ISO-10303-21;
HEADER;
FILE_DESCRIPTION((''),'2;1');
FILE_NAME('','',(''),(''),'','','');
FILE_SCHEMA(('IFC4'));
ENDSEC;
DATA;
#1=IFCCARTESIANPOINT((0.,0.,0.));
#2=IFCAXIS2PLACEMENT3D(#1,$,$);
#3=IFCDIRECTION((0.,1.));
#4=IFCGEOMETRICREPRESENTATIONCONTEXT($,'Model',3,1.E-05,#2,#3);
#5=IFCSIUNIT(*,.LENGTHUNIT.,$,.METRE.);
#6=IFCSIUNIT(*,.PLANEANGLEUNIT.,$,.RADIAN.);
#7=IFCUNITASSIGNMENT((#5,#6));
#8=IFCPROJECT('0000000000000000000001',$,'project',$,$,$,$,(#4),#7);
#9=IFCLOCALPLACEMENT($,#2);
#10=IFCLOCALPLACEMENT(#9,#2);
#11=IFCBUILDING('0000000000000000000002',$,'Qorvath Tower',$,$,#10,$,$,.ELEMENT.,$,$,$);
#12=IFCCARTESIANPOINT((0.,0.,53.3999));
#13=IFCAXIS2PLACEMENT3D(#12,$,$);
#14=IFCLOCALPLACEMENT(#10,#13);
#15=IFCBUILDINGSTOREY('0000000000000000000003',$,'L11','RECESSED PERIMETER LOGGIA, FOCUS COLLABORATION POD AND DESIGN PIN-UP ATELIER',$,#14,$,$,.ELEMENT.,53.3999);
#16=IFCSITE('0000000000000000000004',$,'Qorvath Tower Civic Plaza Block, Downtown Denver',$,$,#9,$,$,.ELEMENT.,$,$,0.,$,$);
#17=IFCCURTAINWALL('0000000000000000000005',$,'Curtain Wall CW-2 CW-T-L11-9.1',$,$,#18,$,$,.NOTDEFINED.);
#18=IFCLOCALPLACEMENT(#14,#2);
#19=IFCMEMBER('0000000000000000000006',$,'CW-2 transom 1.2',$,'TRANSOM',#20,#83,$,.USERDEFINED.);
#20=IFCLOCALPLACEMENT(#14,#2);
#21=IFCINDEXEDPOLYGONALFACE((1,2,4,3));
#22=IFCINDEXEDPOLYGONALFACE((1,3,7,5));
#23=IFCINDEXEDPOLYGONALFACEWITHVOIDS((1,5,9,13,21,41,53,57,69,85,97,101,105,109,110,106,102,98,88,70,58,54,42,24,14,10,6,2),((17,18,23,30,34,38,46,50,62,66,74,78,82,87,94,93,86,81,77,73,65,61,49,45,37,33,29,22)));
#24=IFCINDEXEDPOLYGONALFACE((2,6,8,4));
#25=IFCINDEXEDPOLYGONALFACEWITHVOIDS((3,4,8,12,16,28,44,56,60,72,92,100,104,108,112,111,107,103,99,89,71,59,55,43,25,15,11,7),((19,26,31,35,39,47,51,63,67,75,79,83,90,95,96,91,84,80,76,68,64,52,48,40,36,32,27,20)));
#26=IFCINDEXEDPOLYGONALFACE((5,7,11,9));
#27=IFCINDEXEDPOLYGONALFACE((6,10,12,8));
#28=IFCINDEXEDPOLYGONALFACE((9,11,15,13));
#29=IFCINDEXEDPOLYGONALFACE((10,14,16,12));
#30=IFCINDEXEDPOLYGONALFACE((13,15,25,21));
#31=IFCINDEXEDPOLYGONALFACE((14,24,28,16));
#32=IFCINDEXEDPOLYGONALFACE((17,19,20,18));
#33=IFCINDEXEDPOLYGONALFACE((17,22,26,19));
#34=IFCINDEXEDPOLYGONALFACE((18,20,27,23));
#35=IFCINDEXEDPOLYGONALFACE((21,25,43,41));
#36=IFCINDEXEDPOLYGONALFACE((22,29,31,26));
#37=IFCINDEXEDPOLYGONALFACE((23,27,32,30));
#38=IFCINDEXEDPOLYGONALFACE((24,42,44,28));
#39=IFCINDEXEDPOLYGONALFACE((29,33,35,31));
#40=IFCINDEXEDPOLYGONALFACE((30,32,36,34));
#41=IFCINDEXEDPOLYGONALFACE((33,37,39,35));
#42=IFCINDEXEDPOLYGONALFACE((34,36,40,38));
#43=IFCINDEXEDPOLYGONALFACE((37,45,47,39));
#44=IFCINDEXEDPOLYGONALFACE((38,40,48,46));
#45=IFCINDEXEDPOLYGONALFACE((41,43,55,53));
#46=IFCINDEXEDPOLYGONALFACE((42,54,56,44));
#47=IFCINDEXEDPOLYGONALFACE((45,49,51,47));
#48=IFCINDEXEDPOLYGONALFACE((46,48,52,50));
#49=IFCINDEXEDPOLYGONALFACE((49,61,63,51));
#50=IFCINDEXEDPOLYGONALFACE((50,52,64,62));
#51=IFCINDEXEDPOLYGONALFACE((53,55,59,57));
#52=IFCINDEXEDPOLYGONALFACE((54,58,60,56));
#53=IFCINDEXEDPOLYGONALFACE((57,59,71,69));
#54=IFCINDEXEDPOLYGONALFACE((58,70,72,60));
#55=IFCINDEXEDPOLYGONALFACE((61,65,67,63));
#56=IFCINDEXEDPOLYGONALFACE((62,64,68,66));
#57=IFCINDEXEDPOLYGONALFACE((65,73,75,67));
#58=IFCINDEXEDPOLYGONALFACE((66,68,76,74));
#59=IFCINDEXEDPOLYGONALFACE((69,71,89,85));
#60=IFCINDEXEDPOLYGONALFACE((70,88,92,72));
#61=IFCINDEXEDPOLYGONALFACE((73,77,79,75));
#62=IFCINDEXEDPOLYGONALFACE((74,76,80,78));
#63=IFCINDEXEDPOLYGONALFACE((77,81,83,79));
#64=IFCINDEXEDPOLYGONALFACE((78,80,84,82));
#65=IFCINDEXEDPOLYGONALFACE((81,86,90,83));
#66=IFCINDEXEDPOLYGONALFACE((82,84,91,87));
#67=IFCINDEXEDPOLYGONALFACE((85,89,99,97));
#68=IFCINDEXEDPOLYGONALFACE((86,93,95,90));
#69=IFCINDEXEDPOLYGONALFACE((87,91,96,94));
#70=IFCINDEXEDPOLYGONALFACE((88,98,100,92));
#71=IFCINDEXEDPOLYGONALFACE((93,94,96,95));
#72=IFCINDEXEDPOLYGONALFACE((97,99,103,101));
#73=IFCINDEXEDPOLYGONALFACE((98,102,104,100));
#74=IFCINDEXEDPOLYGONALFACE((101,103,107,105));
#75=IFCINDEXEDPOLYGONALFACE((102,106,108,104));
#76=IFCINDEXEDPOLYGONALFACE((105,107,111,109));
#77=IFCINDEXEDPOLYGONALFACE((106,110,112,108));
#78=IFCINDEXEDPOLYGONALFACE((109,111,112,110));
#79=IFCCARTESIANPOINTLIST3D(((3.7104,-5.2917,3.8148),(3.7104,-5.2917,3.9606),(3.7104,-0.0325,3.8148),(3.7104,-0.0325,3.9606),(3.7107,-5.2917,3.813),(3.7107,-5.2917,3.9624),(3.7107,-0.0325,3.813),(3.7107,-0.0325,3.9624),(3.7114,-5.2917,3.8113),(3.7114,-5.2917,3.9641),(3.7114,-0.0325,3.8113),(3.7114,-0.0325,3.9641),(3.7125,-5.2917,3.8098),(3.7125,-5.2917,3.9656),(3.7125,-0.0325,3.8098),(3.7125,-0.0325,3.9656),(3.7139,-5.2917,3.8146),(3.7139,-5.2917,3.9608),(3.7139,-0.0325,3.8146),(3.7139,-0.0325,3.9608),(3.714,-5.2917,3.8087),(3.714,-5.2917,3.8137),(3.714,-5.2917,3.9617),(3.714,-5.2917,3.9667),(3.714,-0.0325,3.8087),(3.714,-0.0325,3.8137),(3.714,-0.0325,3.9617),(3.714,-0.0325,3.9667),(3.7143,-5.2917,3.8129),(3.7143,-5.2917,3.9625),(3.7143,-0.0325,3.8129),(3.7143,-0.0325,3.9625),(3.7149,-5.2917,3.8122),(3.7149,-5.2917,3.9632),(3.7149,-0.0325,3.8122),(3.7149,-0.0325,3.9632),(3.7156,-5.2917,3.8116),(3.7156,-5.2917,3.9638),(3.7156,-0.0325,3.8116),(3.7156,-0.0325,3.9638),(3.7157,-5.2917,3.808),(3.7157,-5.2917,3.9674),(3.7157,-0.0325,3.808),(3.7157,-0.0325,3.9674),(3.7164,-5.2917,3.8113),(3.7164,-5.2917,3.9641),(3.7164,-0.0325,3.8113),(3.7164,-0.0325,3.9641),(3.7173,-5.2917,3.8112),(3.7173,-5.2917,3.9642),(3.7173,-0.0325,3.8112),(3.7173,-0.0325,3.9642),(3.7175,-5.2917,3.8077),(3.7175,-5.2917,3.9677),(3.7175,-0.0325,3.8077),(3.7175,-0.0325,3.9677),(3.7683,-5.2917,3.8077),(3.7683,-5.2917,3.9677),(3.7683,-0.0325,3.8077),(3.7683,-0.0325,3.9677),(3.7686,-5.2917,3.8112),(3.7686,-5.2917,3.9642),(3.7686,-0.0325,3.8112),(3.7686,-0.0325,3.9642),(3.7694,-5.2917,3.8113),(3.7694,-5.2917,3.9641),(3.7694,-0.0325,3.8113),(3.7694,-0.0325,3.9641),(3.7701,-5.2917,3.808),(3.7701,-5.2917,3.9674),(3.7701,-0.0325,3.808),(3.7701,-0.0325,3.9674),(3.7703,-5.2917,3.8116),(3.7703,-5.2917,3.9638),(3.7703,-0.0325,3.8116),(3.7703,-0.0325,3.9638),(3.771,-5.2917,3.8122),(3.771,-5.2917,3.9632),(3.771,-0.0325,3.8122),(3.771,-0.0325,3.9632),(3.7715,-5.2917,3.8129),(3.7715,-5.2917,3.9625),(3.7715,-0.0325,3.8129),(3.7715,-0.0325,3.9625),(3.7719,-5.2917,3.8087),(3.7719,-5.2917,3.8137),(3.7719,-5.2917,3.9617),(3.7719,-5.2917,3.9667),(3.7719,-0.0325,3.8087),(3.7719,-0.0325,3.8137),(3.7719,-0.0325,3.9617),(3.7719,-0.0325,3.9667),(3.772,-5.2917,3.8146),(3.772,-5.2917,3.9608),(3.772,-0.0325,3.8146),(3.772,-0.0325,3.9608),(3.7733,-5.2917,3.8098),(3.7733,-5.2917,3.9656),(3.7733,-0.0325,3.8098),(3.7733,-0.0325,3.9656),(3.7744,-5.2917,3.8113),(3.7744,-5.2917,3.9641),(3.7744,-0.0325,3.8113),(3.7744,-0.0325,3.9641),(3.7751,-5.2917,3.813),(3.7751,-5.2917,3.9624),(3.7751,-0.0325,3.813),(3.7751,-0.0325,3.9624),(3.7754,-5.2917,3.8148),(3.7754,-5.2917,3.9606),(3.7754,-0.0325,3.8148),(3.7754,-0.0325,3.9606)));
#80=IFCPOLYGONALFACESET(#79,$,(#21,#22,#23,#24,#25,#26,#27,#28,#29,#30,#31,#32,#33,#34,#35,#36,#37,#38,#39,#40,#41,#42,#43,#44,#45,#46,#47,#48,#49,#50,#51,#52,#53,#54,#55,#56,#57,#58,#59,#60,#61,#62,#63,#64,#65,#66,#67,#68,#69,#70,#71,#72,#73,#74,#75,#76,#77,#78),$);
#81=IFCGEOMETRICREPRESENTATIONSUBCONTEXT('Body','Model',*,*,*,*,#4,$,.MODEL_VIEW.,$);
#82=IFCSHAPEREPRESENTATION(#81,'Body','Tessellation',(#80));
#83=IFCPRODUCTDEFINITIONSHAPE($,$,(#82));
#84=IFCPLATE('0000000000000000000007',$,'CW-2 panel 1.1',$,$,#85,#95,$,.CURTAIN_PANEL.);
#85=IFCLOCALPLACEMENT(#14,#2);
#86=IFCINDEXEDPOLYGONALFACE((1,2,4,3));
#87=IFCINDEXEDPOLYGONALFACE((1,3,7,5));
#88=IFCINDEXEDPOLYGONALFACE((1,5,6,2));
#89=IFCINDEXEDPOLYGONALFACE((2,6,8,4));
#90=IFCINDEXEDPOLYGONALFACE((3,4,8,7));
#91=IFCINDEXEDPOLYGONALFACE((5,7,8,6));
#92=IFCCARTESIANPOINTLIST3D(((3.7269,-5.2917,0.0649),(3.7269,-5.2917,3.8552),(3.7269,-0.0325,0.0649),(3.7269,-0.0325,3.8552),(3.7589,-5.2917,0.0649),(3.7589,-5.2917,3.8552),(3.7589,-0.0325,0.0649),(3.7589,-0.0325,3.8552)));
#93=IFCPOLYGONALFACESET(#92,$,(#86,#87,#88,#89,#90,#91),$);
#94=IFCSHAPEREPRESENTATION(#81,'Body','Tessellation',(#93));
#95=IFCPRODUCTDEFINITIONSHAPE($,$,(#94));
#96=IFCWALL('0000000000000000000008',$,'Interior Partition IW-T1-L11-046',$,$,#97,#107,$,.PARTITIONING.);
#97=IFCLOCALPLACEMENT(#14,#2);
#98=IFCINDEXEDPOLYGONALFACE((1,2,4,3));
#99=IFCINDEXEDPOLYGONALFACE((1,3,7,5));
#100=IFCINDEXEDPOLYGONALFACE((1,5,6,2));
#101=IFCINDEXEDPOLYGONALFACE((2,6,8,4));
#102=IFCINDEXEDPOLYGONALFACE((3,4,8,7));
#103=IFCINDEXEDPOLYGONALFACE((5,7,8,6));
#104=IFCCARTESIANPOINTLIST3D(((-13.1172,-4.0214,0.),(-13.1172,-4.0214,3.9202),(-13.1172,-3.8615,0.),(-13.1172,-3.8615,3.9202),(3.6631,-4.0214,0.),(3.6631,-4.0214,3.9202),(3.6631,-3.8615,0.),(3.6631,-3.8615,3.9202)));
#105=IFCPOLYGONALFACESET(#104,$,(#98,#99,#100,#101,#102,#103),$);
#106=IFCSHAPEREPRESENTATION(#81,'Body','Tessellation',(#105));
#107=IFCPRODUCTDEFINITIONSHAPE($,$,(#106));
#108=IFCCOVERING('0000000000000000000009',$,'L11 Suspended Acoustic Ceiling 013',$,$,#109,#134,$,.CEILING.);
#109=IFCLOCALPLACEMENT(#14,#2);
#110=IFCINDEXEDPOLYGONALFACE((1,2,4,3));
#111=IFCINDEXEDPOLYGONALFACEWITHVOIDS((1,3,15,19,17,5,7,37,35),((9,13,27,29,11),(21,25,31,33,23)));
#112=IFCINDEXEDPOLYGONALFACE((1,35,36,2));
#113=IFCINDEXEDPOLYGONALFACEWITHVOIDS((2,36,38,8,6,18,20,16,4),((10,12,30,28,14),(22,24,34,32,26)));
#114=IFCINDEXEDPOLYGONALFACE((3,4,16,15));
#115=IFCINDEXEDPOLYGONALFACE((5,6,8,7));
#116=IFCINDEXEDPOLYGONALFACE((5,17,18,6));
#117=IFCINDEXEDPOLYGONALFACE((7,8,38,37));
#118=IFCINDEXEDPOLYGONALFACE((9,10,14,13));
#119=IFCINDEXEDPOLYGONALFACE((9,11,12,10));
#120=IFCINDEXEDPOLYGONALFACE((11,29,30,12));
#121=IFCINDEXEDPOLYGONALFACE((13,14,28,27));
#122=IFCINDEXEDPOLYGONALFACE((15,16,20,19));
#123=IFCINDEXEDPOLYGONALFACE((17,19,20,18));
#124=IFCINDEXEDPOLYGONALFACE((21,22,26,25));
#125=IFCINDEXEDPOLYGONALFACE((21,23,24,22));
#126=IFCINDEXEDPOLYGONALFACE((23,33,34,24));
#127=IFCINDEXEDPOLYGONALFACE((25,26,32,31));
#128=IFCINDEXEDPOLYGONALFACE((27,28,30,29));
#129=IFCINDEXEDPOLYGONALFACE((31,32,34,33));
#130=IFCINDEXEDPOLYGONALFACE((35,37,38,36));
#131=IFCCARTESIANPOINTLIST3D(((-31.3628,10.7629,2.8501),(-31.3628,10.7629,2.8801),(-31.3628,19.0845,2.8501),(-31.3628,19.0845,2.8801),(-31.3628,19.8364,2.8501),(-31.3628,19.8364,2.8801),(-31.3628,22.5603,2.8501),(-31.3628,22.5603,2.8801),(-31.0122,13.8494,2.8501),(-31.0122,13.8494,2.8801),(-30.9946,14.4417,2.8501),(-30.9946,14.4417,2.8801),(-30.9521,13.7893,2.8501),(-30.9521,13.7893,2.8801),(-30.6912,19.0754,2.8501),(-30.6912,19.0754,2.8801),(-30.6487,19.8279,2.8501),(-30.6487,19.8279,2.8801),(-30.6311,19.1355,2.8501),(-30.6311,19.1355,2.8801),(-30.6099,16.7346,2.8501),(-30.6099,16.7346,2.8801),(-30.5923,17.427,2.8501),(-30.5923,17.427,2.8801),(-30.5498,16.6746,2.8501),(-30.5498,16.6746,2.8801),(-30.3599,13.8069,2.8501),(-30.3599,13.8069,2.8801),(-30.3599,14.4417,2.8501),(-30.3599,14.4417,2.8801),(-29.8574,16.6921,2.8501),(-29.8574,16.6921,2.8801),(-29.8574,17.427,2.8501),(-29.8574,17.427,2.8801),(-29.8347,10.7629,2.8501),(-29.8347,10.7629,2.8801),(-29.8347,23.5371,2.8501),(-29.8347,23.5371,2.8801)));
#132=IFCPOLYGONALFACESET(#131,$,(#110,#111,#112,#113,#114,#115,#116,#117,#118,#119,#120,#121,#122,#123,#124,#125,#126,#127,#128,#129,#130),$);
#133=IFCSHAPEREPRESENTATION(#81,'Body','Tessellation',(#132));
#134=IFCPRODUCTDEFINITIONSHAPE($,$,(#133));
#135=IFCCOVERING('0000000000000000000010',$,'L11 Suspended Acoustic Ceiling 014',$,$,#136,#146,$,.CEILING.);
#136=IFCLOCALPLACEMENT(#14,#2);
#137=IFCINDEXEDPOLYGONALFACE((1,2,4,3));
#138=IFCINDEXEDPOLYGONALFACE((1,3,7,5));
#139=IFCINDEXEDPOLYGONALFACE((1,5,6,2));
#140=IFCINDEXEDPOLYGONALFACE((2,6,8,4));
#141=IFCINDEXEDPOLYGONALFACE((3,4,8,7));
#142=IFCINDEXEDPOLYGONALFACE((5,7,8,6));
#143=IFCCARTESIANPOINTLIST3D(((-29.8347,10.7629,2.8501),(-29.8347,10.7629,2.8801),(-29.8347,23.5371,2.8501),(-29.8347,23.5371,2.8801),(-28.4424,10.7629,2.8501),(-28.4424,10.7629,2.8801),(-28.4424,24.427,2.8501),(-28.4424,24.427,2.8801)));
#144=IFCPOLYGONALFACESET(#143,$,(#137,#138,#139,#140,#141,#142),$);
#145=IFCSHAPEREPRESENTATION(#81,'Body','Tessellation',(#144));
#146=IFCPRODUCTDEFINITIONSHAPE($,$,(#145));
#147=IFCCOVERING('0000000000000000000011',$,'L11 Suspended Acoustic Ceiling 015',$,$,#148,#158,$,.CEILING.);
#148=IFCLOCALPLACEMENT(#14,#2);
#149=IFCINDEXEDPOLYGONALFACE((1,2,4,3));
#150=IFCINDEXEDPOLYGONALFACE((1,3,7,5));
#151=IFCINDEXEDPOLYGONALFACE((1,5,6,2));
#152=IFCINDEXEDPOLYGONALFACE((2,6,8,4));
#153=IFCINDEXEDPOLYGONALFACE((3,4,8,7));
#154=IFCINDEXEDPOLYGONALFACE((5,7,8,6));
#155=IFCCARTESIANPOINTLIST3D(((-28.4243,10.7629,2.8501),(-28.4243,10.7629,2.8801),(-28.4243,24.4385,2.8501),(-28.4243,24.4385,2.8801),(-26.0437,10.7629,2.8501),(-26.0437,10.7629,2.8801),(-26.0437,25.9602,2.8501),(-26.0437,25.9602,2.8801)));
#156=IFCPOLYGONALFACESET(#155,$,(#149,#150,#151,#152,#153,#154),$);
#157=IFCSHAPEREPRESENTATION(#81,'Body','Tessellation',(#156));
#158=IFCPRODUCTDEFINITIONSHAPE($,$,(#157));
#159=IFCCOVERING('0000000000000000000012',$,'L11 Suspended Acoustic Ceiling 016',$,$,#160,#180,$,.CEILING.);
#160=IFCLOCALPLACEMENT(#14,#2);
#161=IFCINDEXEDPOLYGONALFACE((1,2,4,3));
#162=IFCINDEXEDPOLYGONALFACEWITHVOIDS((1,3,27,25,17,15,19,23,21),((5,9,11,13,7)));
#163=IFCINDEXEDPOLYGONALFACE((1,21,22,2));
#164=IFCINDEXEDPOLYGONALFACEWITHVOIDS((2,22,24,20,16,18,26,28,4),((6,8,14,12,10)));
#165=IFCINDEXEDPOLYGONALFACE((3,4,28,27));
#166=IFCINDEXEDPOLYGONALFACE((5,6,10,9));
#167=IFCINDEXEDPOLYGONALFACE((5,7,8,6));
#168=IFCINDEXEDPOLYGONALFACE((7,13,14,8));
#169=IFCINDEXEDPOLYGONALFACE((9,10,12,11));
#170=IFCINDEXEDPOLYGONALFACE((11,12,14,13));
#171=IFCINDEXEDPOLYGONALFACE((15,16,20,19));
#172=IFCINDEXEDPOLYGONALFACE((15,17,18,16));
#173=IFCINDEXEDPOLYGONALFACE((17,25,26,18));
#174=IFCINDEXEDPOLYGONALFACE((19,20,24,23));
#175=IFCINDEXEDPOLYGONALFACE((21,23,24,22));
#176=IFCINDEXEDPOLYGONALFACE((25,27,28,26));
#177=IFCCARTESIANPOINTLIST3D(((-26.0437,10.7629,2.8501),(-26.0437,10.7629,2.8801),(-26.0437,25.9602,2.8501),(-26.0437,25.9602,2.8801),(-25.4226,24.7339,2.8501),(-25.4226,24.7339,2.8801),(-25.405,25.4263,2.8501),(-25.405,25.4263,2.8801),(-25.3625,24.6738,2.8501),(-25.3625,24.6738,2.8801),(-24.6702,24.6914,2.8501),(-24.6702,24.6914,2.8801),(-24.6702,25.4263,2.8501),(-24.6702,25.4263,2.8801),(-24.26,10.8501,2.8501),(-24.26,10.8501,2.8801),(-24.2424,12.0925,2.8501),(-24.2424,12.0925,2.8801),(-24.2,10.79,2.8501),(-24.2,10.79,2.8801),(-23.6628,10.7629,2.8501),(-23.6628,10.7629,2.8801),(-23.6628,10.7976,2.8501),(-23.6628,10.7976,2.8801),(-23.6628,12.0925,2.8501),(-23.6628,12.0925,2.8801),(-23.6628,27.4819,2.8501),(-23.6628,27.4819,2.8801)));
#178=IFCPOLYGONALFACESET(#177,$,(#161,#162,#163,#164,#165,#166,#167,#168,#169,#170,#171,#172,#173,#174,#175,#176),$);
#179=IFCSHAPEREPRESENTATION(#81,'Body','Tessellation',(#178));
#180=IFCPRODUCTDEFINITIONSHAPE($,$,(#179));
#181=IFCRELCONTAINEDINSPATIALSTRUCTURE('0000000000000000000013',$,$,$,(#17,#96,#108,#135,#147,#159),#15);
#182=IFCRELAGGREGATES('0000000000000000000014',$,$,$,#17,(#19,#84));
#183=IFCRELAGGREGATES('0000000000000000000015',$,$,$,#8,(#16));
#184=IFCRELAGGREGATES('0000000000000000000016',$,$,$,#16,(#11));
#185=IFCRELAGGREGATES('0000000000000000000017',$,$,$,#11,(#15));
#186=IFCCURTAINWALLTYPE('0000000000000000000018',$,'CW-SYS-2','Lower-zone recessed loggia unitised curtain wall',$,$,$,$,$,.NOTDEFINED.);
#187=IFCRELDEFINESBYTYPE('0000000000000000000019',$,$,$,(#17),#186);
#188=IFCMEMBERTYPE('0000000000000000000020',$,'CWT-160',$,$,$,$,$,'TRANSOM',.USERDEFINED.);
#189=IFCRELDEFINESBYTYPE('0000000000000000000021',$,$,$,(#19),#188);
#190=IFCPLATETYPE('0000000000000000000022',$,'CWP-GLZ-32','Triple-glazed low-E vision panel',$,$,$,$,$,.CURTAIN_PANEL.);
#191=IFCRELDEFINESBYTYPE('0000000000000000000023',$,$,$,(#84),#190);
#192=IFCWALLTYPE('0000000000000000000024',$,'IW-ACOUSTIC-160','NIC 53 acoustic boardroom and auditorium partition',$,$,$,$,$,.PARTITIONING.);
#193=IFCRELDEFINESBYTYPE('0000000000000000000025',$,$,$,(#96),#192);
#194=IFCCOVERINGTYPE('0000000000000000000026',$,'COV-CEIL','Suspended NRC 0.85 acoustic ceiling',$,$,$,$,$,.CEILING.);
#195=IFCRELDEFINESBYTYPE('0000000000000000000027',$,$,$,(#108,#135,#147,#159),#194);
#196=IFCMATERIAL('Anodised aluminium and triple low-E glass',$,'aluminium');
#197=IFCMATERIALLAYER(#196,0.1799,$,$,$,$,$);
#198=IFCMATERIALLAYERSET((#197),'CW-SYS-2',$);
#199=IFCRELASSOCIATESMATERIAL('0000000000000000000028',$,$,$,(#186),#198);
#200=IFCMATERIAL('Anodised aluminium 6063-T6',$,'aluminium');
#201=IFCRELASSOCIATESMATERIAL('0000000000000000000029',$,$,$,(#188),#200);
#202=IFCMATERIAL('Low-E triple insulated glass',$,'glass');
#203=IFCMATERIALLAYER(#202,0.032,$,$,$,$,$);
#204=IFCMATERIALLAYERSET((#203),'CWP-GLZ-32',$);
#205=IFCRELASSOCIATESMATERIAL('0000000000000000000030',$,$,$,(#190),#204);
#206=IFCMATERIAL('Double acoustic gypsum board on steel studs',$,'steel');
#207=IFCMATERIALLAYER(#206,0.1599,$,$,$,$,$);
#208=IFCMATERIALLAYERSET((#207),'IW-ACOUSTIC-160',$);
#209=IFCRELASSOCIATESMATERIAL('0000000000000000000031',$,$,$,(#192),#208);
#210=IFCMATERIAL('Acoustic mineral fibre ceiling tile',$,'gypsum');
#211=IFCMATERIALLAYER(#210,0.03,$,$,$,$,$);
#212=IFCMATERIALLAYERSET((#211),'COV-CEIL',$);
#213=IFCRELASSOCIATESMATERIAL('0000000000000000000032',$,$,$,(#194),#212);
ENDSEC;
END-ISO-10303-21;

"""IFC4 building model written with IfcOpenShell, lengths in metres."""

from ifc_helpers import new_model, si_unit, direction, frame, frame_2d, origin, origin_2d, place, context, subcontext, project, spatial, polyline, rectangle, hollow_rectangle, outline, extrude, material, layer, layer_set, material_profile, profile_set, type_object, element, aggregate, save


model = new_model("IFC4")

# Units and contexts
model_context = context("Model", 3, precision=1e-05, world=origin(), true_north=direction((0.0, 1.0)))
body_context = subcontext(model_context, "Body", "Model", "MODEL_VIEW")
ifc_project = project(units=[si_unit("LENGTHUNIT", "METRE"), si_unit("PLANEANGLEUNIT", "RADIAN")], contexts=[model_context])

# Site, building, storey
site_placement = place(None, origin())
site = spatial("IfcSite", under=ifc_project, at=site_placement, Name="Qorvath Tower Civic Plaza Block, Downtown Denver", CompositionType="ELEMENT", RefElevation=0.0)
building_placement = place(site_placement, origin())
building = spatial("IfcBuilding", under=site, at=building_placement, Name="Qorvath Tower", CompositionType="ELEMENT")
storey_placement = place(building_placement, frame((0.0, 0.0, 53.3999)))
storey = spatial("IfcBuildingStorey", under=building, at=storey_placement, Name="L11", Description="RECESSED PERIMETER LOGGIA, FOCUS COLLABORATION POD AND DESIGN PIN-UP ATELIER", CompositionType="ELEMENT", Elevation=53.3999)

# Curtain wall, member, plate
ifc_material_1 = material(Name="Anodised aluminium and triple low-E glass", Category="aluminium")
ifc_layer_1 = layer(ifc_material_1, 0.1799)
ifc_layer_set_1 = layer_set([ifc_layer_1], Name="CW-SYS-2")
curtain_wall_type = type_object("IfcCurtainWallType", Name="CW-SYS-2", Description="Lower-zone recessed loggia unitised curtain wall", PredefinedType="NOTDEFINED", material=ifc_layer_set_1)
curtain_wall_placement = place(storey_placement, origin())
curtain_wall = element("IfcCurtainWall", 1, at=curtain_wall_placement, inside=storey, type_object=curtain_wall_type, Name="Curtain Wall CW-2 CW-T-L11-9.1", PredefinedType="NOTDEFINED")
ifc_material_2 = material(Name="Anodised aluminium 6063-T6", Category="aluminium")
ifc_material_profile_1 = material_profile(ifc_material_2, hollow_rectangle(XDim=0.0649, YDim=0.1599, WallThickness=0.0034, InnerFilletRadius=0.0034, OuterFilletRadius=0.0071, at=origin_2d()), Name="CWT 160x65")
ifc_profile_set_1 = profile_set([ifc_material_profile_1], Name="Anodised aluminium 6063-T6")
member_type_1 = type_object("IfcMemberType", Name="CWT-160", ElementType="TRANSOM", PredefinedType="USERDEFINED", material=ifc_profile_set_1)
member_1_placement = place(storey_placement, frame((3.7429, -5.2917, 3.8877), z_axis=(0.0, 1.0, 0.0), x_axis=(-1.0, 0.0, 0.0)))
member_1 = element("IfcMember", 2, at=member_1_placement, type_object=member_type_1, Name="CW-2 transom 1.2", ObjectType="TRANSOM", PredefinedType="USERDEFINED", context=body_context, shape_type="SweptSolid", body=[
    extrude(hollow_rectangle(XDim=0.0649, YDim=0.1599, WallThickness=0.0034, InnerFilletRadius=0.0034, OuterFilletRadius=0.0071, at=origin_2d()), origin(), (0.0, 0.0, 1.0), 5.2593),
])
ifc_material_3 = material(Name="Low-E triple insulated glass", Category="glass")
ifc_layer_2 = layer(ifc_material_3, 0.032)
ifc_layer_set_2 = layer_set([ifc_layer_2], Name="CWP-GLZ-32")
plate_type = type_object("IfcPlateType", Name="CWP-GLZ-32", Description="Triple-glazed low-E vision panel", PredefinedType="CURTAIN_PANEL", material=ifc_layer_set_2)
plate_placement = place(storey_placement, frame((3.7429, -2.6621, 0.0649), z_axis=(0.0, 0.0, 1.0), x_axis=(0.0, 1.0, 0.0)))
plate = element("IfcPlate", 3, at=plate_placement, type_object=plate_type, Name="CW-2 panel 1.1", PredefinedType="CURTAIN_PANEL", context=body_context, shape_type="SweptSolid", body=[
    extrude(rectangle(XDim=5.2593, YDim=0.032, at=origin_2d()), origin(), (0.0, 0.0, 1.0), 3.7903),
])
aggregate(curtain_wall, [member_1, plate])

# Wall
ifc_material_4 = material(Name="Double acoustic gypsum board on steel studs", Category="steel")
ifc_layer_3 = layer(ifc_material_4, 0.1599)
ifc_layer_set_3 = layer_set([ifc_layer_3], Name="IW-ACOUSTIC-160")
wall_type = type_object("IfcWallType", Name="IW-ACOUSTIC-160", Description="NIC 53 acoustic boardroom and auditorium partition", PredefinedType="PARTITIONING", material=ifc_layer_set_3)
wall_placement = place(storey_placement, frame((3.6631, -3.9414, 0.0), z_axis=(0.0, 0.0, 1.0), x_axis=(-1.0, 0.0, 0.0)))
element("IfcWall", 4, at=wall_placement, inside=storey, type_object=wall_type, Name="Interior Partition IW-T1-L11-046", PredefinedType="PARTITIONING", context=body_context, shape_type="SweptSolid", body=[
    extrude(rectangle(XDim=16.7803, YDim=0.1599, at=frame_2d((8.3901, 0.0))), origin(), (0.0, 0.0, 1.0), 3.9202),
])

# Coverings
ifc_material_5 = material(Name="Acoustic mineral fibre ceiling tile", Category="gypsum")
ifc_layer_4 = layer(ifc_material_5, 0.03)
ifc_layer_set_4 = layer_set([ifc_layer_4], Name="COV-CEIL")
covering_type_1 = type_object("IfcCoveringType", Name="COV-CEIL", Description="Suspended NRC 0.85 acoustic ceiling", PredefinedType="CEILING", material=ifc_layer_set_4)
covering_1_placement = place(storey_placement, frame((0.0, 0.0, 2.8501)))
element("IfcCovering", 5, at=covering_1_placement, inside=storey, type_object=covering_type_1, Name="L11 Suspended Acoustic Ceiling 013", PredefinedType="CEILING", context=body_context, shape_type="SweptSolid", body=[
    extrude(outline(polyline([(-31.3628, 10.7629), (-29.8347, 10.7629), (-29.8347, 23.5371), (-31.3628, 22.5603), (-31.3628, 19.8364), (-30.6487, 19.8279), (-30.6311, 19.1355), (-30.6912, 19.0754), (-31.3628, 19.0845), (-31.3628, 10.7629)]), holes=[polyline([(-30.6099, 16.7346), (-30.5923, 17.427), (-29.8574, 17.427), (-29.8574, 16.6921), (-30.5498, 16.6746), (-30.6099, 16.7346)]), polyline([(-31.0122, 13.8494), (-30.9946, 14.4417), (-30.3599, 14.4417), (-30.3599, 13.8069), (-30.9521, 13.7893), (-31.0122, 13.8494)])]), origin(), (0.0, 0.0, 1.0), 0.03),
])
covering_2_placement = place(storey_placement, frame((0.0, 0.0, 2.8501)))
element("IfcCovering", 6, at=covering_2_placement, inside=storey, type_object=covering_type_1, Name="L11 Suspended Acoustic Ceiling 014", PredefinedType="CEILING", context=body_context, shape_type="SweptSolid", body=[
    extrude(outline(polyline([(-29.8347, 23.5371), (-29.8347, 10.7629), (-28.4424, 10.7629), (-28.4424, 24.427), (-29.8347, 23.5371)])), origin(), (0.0, 0.0, 1.0), 0.03),
])
covering_3_placement = place(storey_placement, frame((0.0, 0.0, 2.8501)))
element("IfcCovering", 7, at=covering_3_placement, inside=storey, type_object=covering_type_1, Name="L11 Suspended Acoustic Ceiling 015", PredefinedType="CEILING", context=body_context, shape_type="SweptSolid", body=[
    extrude(outline(polyline([(-26.0437, 10.7629), (-26.0437, 25.9602), (-28.4243, 24.4385), (-28.4243, 10.7629), (-26.0437, 10.7629)])), origin(), (0.0, 0.0, 1.0), 0.03),
])
covering_4_placement = place(storey_placement, frame((0.0, 0.0, 2.8501)))
element("IfcCovering", 8, at=covering_4_placement, inside=storey, type_object=covering_type_1, Name="L11 Suspended Acoustic Ceiling 016", PredefinedType="CEILING", context=body_context, shape_type="SweptSolid", body=[
    extrude(outline(polyline([(-23.6628, 10.7629), (-23.6628, 10.7976), (-24.2, 10.79), (-24.26, 10.8501), (-24.2424, 12.0925), (-23.6628, 12.0925), (-23.6628, 27.4819), (-26.0437, 25.9602), (-26.0437, 10.7629), (-23.6628, 10.7629)]), holes=[polyline([(-25.4226, 24.7339), (-25.405, 25.4263), (-24.6702, 25.4263), (-24.6702, 24.6914), (-25.3625, 24.6738), (-25.4226, 24.7339)])]), origin(), (0.0, 0.0, 1.0), 0.03),
])

save(model, "model.ifc")
